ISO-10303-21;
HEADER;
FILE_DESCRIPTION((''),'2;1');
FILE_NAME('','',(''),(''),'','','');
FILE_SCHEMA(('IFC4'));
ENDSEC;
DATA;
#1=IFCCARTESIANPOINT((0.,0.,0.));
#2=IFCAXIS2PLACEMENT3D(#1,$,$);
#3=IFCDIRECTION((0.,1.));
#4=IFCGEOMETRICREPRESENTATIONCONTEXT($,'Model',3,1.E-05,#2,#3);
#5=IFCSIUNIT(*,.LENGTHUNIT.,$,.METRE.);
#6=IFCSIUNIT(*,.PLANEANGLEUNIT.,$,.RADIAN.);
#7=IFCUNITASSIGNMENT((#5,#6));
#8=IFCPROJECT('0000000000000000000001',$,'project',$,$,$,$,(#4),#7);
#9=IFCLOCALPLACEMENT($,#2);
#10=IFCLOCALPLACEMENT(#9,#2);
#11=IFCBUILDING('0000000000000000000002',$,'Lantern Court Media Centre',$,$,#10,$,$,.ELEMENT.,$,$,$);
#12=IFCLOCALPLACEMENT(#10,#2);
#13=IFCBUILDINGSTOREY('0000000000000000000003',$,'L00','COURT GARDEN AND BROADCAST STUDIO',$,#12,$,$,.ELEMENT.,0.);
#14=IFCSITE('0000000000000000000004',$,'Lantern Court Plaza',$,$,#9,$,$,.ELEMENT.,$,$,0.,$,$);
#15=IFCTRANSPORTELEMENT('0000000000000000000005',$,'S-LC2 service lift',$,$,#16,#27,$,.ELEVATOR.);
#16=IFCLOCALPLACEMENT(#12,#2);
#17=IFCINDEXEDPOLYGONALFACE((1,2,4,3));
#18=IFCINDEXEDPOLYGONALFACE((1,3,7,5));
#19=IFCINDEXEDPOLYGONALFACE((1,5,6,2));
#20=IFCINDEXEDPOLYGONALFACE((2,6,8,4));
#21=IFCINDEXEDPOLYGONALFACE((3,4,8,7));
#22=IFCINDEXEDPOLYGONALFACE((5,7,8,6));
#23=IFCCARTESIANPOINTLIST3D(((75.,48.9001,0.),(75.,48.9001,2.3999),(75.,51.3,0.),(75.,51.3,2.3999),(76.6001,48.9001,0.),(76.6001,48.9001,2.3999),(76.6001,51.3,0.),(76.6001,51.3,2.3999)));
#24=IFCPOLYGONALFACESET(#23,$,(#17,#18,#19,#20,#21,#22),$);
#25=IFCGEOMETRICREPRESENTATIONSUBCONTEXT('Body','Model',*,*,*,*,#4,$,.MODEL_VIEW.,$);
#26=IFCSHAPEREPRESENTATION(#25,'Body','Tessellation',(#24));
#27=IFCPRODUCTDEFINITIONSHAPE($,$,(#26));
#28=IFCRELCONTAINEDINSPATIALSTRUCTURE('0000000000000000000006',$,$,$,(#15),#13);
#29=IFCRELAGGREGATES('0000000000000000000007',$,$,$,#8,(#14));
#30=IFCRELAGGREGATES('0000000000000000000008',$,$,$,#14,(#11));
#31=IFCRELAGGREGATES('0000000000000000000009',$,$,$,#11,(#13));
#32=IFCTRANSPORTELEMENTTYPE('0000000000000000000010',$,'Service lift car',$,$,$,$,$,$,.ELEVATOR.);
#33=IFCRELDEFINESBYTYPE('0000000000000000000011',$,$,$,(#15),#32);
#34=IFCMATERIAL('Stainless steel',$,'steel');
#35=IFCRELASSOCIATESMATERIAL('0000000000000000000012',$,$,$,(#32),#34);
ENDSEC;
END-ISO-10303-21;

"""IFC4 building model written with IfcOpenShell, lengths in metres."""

from ifc_helpers import new_model, si_unit, direction, frame, origin, origin_2d, place, context, subcontext, project, spatial, rectangle, extrude, material, type_object, element, save


model = new_model("IFC4")

# Units and contexts
model_context = context("Model", 3, precision=1e-05, world=origin(), true_north=direction((0.0, 1.0)))
body_context = subcontext(model_context, "Body", "Model", "MODEL_VIEW")
ifc_project = project(units=[si_unit("LENGTHUNIT", "METRE"), si_unit("PLANEANGLEUNIT", "RADIAN")], contexts=[model_context])

# Site, building, storey
site_placement = place(None, origin())
site = spatial("IfcSite", under=ifc_project, at=site_placement, Name="Lantern Court Plaza", CompositionType="ELEMENT", RefElevation=0.0)
building_placement = place(site_placement, origin())
building = spatial("IfcBuilding", under=site, at=building_placement, Name="Lantern Court Media Centre", CompositionType="ELEMENT")
storey_placement = place(building_placement, origin())
storey = spatial("IfcBuildingStorey", under=building, at=storey_placement, Name="L00", Description="COURT GARDEN AND BROADCAST STUDIO", CompositionType="ELEMENT", Elevation=0.0)

# Transport element
ifc_material_1 = material(Name="Stainless steel", Category="steel")
transport_element_type = type_object("IfcTransportElementType", Name="Service lift car", PredefinedType="ELEVATOR", material=ifc_material_1)
transport_element_placement = place(storey_placement, frame((75.8, 50.1001, 0.0), z_axis=(0.0, 0.0, 1.0), x_axis=(1.0, 0.0, 0.0)))
element("IfcTransportElement", 1, at=transport_element_placement, inside=storey, type_object=transport_element_type, Name="S-LC2 service lift", PredefinedType="ELEVATOR", context=body_context, shape_type="SweptSolid", body=[
    extrude(rectangle(XDim=1.6001, YDim=2.3999, at=origin_2d()), origin(), (0.0, 0.0, 1.0), 2.3999),
])

save(model, "model.ifc")
